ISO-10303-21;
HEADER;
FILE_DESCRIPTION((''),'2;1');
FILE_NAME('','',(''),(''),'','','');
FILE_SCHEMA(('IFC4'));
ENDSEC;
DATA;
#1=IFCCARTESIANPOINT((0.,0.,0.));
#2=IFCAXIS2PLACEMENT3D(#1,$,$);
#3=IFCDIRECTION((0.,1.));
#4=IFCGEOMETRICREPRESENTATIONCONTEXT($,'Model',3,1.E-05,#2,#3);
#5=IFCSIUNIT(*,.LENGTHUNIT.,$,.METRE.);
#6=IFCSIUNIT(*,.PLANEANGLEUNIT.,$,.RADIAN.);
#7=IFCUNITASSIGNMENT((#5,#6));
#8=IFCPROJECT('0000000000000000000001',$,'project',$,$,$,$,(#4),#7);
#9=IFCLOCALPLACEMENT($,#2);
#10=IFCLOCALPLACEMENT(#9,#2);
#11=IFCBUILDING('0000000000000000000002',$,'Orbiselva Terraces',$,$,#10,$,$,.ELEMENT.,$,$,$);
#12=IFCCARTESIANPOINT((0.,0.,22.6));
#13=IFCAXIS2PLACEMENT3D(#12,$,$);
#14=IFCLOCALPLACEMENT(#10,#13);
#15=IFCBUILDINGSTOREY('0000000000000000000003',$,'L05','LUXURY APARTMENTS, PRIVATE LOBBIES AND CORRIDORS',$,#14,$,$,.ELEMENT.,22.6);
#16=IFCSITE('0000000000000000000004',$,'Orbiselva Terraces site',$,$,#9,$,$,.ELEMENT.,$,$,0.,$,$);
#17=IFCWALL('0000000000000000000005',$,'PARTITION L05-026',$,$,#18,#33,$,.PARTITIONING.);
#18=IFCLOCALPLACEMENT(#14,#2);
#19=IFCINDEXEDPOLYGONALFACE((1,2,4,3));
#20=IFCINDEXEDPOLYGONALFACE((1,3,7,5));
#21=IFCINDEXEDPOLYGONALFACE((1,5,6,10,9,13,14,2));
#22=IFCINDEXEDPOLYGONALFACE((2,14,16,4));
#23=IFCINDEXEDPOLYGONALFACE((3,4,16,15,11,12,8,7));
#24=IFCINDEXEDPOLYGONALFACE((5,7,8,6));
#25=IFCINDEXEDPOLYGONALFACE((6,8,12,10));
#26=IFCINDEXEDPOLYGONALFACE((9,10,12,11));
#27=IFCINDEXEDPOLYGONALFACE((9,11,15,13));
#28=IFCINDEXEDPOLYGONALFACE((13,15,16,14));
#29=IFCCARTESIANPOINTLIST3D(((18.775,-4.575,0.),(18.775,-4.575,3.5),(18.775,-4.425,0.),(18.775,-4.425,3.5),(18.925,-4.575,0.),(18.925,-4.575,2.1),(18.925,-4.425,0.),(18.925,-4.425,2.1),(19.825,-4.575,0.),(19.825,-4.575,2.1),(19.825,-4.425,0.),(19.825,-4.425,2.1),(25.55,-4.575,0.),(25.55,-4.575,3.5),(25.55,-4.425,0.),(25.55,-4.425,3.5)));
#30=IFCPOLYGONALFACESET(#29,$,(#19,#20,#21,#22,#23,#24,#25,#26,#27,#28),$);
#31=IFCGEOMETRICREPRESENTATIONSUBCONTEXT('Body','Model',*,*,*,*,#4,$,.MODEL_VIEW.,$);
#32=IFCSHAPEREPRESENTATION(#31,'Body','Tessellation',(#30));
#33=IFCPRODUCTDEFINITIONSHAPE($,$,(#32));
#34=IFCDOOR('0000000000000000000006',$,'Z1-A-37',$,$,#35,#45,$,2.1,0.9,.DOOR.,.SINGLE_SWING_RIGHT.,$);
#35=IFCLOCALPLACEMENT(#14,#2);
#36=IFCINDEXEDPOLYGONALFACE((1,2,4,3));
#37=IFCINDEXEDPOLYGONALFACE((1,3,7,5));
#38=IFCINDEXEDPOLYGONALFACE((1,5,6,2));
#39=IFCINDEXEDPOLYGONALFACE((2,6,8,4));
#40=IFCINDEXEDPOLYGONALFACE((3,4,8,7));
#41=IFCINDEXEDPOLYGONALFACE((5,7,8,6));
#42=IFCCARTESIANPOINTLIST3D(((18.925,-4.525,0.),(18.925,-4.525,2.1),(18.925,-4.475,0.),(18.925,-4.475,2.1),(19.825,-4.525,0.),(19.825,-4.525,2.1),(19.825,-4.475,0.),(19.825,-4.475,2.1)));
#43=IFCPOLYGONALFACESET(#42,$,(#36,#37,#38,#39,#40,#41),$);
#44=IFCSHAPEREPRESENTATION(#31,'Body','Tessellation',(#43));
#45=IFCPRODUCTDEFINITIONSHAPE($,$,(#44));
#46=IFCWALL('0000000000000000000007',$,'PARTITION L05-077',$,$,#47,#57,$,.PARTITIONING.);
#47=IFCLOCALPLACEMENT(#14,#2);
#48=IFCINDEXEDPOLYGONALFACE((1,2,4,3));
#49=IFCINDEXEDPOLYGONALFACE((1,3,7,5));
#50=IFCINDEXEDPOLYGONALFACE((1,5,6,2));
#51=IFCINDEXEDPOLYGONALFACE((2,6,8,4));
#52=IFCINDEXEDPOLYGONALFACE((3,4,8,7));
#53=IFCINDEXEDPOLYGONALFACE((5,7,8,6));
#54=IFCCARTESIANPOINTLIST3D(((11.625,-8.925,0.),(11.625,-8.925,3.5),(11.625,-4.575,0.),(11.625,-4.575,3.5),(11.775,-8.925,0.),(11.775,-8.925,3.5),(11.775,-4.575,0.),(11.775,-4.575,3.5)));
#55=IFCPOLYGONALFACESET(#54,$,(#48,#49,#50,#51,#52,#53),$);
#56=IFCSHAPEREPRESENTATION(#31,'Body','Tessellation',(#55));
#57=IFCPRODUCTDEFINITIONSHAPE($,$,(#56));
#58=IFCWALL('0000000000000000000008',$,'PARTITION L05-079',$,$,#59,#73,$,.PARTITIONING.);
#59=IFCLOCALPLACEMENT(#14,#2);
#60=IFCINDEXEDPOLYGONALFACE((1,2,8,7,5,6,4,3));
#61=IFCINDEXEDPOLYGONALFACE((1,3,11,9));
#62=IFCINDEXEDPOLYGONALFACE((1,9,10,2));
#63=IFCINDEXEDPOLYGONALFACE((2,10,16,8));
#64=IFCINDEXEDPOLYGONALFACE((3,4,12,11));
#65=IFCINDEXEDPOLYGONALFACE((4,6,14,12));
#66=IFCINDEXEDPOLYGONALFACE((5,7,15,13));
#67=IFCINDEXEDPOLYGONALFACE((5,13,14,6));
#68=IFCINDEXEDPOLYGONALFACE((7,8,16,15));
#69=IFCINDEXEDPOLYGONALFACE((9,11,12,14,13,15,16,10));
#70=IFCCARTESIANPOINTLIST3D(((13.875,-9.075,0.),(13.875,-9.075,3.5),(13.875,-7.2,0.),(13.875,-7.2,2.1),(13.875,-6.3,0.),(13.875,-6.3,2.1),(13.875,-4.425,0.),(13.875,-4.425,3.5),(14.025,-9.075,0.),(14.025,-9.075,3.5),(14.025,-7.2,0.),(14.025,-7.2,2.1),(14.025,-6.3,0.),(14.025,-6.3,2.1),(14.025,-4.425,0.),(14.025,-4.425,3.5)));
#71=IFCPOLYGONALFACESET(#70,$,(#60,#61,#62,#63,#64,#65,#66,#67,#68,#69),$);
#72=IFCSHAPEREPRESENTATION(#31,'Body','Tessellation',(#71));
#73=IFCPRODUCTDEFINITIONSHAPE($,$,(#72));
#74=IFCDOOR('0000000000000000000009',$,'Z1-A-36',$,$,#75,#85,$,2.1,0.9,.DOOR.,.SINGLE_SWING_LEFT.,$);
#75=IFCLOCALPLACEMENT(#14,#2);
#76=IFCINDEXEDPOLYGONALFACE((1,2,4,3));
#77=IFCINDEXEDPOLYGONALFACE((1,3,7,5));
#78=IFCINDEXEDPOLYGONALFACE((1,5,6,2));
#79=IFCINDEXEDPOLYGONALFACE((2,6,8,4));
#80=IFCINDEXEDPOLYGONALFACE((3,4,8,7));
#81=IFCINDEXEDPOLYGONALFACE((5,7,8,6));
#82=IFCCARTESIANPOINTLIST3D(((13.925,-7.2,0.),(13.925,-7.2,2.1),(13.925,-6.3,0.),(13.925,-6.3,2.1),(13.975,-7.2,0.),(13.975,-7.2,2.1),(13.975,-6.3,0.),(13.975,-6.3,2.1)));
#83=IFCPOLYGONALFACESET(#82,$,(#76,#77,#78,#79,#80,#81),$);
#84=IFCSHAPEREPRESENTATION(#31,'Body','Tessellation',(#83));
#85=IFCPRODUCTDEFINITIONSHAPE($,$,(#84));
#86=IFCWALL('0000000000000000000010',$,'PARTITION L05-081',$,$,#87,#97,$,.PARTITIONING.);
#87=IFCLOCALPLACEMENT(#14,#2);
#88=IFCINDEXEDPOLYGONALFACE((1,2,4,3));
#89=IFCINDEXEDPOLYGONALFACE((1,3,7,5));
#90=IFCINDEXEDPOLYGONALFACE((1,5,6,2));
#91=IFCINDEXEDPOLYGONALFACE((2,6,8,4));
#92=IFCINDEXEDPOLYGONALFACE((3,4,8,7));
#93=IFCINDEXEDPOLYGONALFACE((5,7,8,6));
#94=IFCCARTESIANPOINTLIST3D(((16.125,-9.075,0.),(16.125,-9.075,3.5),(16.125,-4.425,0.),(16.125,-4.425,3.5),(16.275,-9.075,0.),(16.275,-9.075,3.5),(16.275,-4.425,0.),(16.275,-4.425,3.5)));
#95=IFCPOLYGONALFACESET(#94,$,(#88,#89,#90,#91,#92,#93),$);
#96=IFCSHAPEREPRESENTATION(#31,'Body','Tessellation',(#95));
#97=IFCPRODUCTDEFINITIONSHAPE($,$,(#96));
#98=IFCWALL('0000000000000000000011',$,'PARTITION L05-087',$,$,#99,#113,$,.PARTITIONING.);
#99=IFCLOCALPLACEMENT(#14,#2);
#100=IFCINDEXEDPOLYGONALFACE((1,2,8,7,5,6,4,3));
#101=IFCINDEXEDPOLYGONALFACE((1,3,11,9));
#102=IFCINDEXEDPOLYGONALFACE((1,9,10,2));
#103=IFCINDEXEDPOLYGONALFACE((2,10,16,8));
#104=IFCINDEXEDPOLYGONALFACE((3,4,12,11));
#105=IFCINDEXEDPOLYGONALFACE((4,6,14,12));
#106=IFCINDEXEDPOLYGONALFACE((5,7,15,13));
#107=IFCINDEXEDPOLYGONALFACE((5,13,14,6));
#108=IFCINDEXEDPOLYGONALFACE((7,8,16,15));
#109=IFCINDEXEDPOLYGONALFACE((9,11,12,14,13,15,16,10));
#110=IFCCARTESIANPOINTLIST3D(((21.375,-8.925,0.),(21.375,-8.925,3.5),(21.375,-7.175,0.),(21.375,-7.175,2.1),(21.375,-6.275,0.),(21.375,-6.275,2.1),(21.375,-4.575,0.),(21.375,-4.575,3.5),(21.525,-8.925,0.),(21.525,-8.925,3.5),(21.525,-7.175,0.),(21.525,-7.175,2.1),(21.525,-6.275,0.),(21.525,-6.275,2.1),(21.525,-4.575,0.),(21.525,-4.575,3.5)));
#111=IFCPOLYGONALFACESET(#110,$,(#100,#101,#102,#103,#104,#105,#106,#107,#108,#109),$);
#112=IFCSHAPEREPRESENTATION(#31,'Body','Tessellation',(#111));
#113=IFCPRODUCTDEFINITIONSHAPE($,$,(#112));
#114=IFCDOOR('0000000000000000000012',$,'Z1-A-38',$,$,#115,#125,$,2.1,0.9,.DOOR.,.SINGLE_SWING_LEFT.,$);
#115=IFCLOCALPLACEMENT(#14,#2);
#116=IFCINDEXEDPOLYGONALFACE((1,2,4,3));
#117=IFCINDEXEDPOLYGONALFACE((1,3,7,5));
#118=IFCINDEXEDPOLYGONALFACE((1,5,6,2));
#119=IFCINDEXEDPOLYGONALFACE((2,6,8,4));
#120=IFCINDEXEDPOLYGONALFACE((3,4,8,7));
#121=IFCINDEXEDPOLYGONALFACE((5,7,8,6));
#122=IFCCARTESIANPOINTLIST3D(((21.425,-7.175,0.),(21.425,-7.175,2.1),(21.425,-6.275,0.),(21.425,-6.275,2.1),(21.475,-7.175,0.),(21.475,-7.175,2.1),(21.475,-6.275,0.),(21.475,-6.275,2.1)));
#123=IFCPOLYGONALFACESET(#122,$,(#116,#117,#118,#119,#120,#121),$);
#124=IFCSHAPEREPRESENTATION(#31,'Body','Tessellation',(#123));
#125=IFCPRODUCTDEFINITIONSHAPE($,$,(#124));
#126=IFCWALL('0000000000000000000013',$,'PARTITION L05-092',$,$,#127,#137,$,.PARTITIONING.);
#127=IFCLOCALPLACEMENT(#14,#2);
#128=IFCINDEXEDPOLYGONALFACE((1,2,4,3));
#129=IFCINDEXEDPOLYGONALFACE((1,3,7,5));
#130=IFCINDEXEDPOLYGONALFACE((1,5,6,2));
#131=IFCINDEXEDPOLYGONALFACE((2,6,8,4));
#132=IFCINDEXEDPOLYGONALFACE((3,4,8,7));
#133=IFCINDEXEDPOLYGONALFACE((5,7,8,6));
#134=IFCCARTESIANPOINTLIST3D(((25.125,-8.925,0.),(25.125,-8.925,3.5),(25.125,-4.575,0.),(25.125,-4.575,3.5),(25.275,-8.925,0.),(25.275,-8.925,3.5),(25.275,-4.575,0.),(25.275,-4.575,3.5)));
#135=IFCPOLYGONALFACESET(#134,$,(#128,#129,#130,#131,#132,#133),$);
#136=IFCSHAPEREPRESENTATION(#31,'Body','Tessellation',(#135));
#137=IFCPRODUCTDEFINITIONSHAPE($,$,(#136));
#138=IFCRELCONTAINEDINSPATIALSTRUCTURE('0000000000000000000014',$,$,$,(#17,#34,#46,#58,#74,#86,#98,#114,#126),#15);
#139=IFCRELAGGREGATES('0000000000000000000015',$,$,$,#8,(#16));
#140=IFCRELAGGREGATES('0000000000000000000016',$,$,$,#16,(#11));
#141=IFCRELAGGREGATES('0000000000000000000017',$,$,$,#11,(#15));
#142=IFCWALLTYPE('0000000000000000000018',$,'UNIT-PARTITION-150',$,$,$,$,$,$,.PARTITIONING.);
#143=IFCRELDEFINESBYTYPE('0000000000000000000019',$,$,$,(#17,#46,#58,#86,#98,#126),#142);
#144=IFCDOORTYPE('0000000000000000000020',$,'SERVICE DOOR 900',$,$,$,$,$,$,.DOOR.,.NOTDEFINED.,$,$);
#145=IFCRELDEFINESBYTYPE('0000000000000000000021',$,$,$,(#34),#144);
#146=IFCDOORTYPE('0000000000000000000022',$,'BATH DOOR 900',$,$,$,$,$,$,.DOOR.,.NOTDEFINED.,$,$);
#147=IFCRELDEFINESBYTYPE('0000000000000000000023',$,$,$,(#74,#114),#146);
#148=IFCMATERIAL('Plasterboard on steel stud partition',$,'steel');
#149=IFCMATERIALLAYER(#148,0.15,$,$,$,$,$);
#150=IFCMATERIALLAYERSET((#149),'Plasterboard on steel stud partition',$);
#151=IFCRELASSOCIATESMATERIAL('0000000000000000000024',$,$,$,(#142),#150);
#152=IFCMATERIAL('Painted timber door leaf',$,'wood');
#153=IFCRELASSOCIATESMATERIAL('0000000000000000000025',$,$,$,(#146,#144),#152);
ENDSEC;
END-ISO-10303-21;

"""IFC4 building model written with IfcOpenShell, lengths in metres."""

from ifc_helpers import new_model, si_unit, direction, frame, frame_2d, origin, place, context, subcontext, project, spatial, rectangle, extrude, material, layer, layer_set, type_object, element, fill, save


model = new_model("IFC4")

# Units and contexts
model_context = context("Model", 3, precision=1e-05, world=origin(), true_north=direction((0.0, 1.0)))
body_context = subcontext(model_context, "Body", "Model", "MODEL_VIEW")
ifc_project = project(units=[si_unit("LENGTHUNIT", "METRE"), si_unit("PLANEANGLEUNIT", "RADIAN")], contexts=[model_context])

# Site, building, storey
site_placement = place(None, origin())
site = spatial("IfcSite", under=ifc_project, at=site_placement, Name="Orbiselva Terraces site", CompositionType="ELEMENT", RefElevation=0.0)
building_placement = place(site_placement, origin())
building = spatial("IfcBuilding", under=site, at=building_placement, Name="Orbiselva Terraces", CompositionType="ELEMENT")
storey_placement = place(building_placement, frame((0.0, 0.0, 22.6)))
storey = spatial("IfcBuildingStorey", under=building, at=storey_placement, Name="L05", Description="LUXURY APARTMENTS, PRIVATE LOBBIES AND CORRIDORS", CompositionType="ELEMENT", Elevation=22.6)

# Shared definitions
ifc_material_1 = material(Name="Plasterboard on steel stud partition", Category="steel")

# Shared definitions
ifc_layer_1 = layer(ifc_material_1, 0.15)
ifc_layer_set_1 = layer_set([ifc_layer_1], Name="Plasterboard on steel stud partition")
wall_type_1 = type_object("IfcWallType", Name="UNIT-PARTITION-150", PredefinedType="PARTITIONING", material=ifc_layer_set_1)
ifc_material_2 = material(Name="Painted timber door leaf", Category="wood")
door_type_1 = type_object("IfcDoorType", Name="BATH DOOR 900", OperationType="NOTDEFINED", PredefinedType="DOOR", material=ifc_material_2)

# Wall, opening, door
wall_1_placement = place(storey_placement, frame((25.55, -4.5, 0.0), z_axis=(0.0, 0.0, 1.0), x_axis=(-1.0, 0.0, 0.0)))
wall_1 = element("IfcWall", 1, at=wall_1_placement, inside=storey, type_object=wall_type_1, Name="PARTITION L05-026", PredefinedType="PARTITIONING", context=body_context, shape_type="SweptSolid", body=[
    extrude(rectangle(XDim=6.775, YDim=0.15, at=frame_2d((3.3875, 0.0))), origin(), (0.0, 0.0, 1.0), 3.5),
])
opening_1_placement = place(wall_1_placement, frame((5.725, 0.0, 0.0)))
opening_1 = element("IfcOpeningElement", 2, at=opening_1_placement, cuts=wall_1, PredefinedType="OPENING", context=body_context, shape_type="SweptSolid", body=[
    extrude(rectangle(XDim=0.9, YDim=2.1, at=frame_2d((0.45, 1.05))), frame((0.0, 0.085, 0.0), z_axis=(0.0, -1.0, 0.0), x_axis=(1.0, 0.0, 0.0)), (0.0, 0.0, 1.0), 0.17),
])
door_type_2 = type_object("IfcDoorType", Name="SERVICE DOOR 900", OperationType="NOTDEFINED", PredefinedType="DOOR", material=ifc_material_2)
door_1_placement = place(opening_1_placement, origin())
door_1 = element("IfcDoor", 3, at=door_1_placement, inside=storey, type_object=door_type_2, Name="Z1-A-37", OperationType="SINGLE_SWING_RIGHT", OverallHeight=2.1, OverallWidth=0.9, PredefinedType="DOOR", context=body_context, shape_type="SweptSolid", body=[
    extrude(rectangle(XDim=0.9, YDim=2.1, at=frame_2d((0.45, 1.05))), frame((0.0, 0.025, 0.0), z_axis=(0.0, -1.0, 0.0), x_axis=(1.0, 0.0, 0.0)), (0.0, 0.0, 1.0), 0.05),
])
fill(opening_1, door_1)

# Wall
wall_2_placement = place(storey_placement, frame((11.7, -8.925, 0.0), z_axis=(0.0, 0.0, 1.0), x_axis=(0.0, 1.0, 0.0)))
element("IfcWall", 4, at=wall_2_placement, inside=storey, type_object=wall_type_1, Name="PARTITION L05-077", PredefinedType="PARTITIONING", context=body_context, shape_type="SweptSolid", body=[
    extrude(rectangle(XDim=4.35, YDim=0.15, at=frame_2d((2.175, 0.0))), origin(), (0.0, 0.0, 1.0), 3.5),
])

# Wall, opening, door
wall_3_placement = place(storey_placement, frame((13.95, -9.075, 0.0), z_axis=(0.0, 0.0, 1.0), x_axis=(0.0, 1.0, 0.0)))
wall_3 = element("IfcWall", 5, at=wall_3_placement, inside=storey, type_object=wall_type_1, Name="PARTITION L05-079", PredefinedType="PARTITIONING", context=body_context, shape_type="SweptSolid", body=[
    extrude(rectangle(XDim=4.65, YDim=0.15, at=frame_2d((2.325, 0.0))), origin(), (0.0, 0.0, 1.0), 3.5),
])
opening_2_placement = place(wall_3_placement, frame((1.875, 0.0, 0.0)))
opening_2 = element("IfcOpeningElement", 6, at=opening_2_placement, cuts=wall_3, PredefinedType="OPENING", context=body_context, shape_type="SweptSolid", body=[
    extrude(rectangle(XDim=0.9, YDim=2.1, at=frame_2d((0.45, 1.05))), frame((0.0, 0.085, 0.0), z_axis=(0.0, -1.0, 0.0), x_axis=(1.0, 0.0, 0.0)), (0.0, 0.0, 1.0), 0.17),
])
door_2_placement = place(opening_2_placement, origin())
door_2 = element("IfcDoor", 7, at=door_2_placement, inside=storey, type_object=door_type_1, Name="Z1-A-36", OperationType="SINGLE_SWING_LEFT", OverallHeight=2.1, OverallWidth=0.9, PredefinedType="DOOR", context=body_context, shape_type="SweptSolid", body=[
    extrude(rectangle(XDim=0.9, YDim=2.1, at=frame_2d((0.45, 1.05))), frame((0.0, 0.025, 0.0), z_axis=(0.0, -1.0, 0.0), x_axis=(1.0, 0.0, 0.0)), (0.0, 0.0, 1.0), 0.05),
])
fill(opening_2, door_2)

# Wall
wall_4_placement = place(storey_placement, frame((16.2, -9.075, 0.0), z_axis=(0.0, 0.0, 1.0), x_axis=(0.0, 1.0, 0.0)))
element("IfcWall", 8, at=wall_4_placement, inside=storey, type_object=wall_type_1, Name="PARTITION L05-081", PredefinedType="PARTITIONING", context=body_context, shape_type="SweptSolid", body=[
    extrude(rectangle(XDim=4.65, YDim=0.15, at=frame_2d((2.325, 0.0))), origin(), (0.0, 0.0, 1.0), 3.5),
])

# Wall, opening, door
wall_5_placement = place(storey_placement, frame((21.45, -4.575, 0.0), z_axis=(0.0, 0.0, 1.0), x_axis=(0.0, -1.0, 0.0)))
wall_5 = element("IfcWall", 9, at=wall_5_placement, inside=storey, type_object=wall_type_1, Name="PARTITION L05-087", PredefinedType="PARTITIONING", context=body_context, shape_type="SweptSolid", body=[
    extrude(rectangle(XDim=4.35, YDim=0.15, at=frame_2d((2.175, 0.0))), origin(), (0.0, 0.0, 1.0), 3.5),
])
opening_3_placement = place(wall_5_placement, frame((1.7, 0.0, 0.0)))
opening_3 = element("IfcOpeningElement", 10, at=opening_3_placement, cuts=wall_5, PredefinedType="OPENING", context=body_context, shape_type="SweptSolid", body=[
    extrude(rectangle(XDim=0.9, YDim=2.1, at=frame_2d((0.45, 1.05))), frame((0.0, 0.085, 0.0), z_axis=(0.0, -1.0, 0.0), x_axis=(1.0, 0.0, 0.0)), (0.0, 0.0, 1.0), 0.17),
])
door_3_placement = place(opening_3_placement, origin())
door_3 = element("IfcDoor", 11, at=door_3_placement, inside=storey, type_object=door_type_1, Name="Z1-A-38", OperationType="SINGLE_SWING_LEFT", OverallHeight=2.1, OverallWidth=0.9, PredefinedType="DOOR", context=body_context, shape_type="SweptSolid", body=[
    extrude(rectangle(XDim=0.9, YDim=2.1, at=frame_2d((0.45, 1.05))), frame((0.0, 0.025, 0.0), z_axis=(0.0, -1.0, 0.0), x_axis=(1.0, 0.0, 0.0)), (0.0, 0.0, 1.0), 0.05),
])
fill(opening_3, door_3)

# Wall
wall_6_placement = place(storey_placement, frame((25.2, -8.925, 0.0), z_axis=(0.0, 0.0, 1.0), x_axis=(0.0, 1.0, 0.0)))
element("IfcWall", 12, at=wall_6_placement, inside=storey, type_object=wall_type_1, Name="PARTITION L05-092", PredefinedType="PARTITIONING", context=body_context, shape_type="SweptSolid", body=[
    extrude(rectangle(XDim=4.35, YDim=0.15, at=frame_2d((2.175, 0.0))), origin(), (0.0, 0.0, 1.0), 3.5),
])

save(model, "model.ifc")
